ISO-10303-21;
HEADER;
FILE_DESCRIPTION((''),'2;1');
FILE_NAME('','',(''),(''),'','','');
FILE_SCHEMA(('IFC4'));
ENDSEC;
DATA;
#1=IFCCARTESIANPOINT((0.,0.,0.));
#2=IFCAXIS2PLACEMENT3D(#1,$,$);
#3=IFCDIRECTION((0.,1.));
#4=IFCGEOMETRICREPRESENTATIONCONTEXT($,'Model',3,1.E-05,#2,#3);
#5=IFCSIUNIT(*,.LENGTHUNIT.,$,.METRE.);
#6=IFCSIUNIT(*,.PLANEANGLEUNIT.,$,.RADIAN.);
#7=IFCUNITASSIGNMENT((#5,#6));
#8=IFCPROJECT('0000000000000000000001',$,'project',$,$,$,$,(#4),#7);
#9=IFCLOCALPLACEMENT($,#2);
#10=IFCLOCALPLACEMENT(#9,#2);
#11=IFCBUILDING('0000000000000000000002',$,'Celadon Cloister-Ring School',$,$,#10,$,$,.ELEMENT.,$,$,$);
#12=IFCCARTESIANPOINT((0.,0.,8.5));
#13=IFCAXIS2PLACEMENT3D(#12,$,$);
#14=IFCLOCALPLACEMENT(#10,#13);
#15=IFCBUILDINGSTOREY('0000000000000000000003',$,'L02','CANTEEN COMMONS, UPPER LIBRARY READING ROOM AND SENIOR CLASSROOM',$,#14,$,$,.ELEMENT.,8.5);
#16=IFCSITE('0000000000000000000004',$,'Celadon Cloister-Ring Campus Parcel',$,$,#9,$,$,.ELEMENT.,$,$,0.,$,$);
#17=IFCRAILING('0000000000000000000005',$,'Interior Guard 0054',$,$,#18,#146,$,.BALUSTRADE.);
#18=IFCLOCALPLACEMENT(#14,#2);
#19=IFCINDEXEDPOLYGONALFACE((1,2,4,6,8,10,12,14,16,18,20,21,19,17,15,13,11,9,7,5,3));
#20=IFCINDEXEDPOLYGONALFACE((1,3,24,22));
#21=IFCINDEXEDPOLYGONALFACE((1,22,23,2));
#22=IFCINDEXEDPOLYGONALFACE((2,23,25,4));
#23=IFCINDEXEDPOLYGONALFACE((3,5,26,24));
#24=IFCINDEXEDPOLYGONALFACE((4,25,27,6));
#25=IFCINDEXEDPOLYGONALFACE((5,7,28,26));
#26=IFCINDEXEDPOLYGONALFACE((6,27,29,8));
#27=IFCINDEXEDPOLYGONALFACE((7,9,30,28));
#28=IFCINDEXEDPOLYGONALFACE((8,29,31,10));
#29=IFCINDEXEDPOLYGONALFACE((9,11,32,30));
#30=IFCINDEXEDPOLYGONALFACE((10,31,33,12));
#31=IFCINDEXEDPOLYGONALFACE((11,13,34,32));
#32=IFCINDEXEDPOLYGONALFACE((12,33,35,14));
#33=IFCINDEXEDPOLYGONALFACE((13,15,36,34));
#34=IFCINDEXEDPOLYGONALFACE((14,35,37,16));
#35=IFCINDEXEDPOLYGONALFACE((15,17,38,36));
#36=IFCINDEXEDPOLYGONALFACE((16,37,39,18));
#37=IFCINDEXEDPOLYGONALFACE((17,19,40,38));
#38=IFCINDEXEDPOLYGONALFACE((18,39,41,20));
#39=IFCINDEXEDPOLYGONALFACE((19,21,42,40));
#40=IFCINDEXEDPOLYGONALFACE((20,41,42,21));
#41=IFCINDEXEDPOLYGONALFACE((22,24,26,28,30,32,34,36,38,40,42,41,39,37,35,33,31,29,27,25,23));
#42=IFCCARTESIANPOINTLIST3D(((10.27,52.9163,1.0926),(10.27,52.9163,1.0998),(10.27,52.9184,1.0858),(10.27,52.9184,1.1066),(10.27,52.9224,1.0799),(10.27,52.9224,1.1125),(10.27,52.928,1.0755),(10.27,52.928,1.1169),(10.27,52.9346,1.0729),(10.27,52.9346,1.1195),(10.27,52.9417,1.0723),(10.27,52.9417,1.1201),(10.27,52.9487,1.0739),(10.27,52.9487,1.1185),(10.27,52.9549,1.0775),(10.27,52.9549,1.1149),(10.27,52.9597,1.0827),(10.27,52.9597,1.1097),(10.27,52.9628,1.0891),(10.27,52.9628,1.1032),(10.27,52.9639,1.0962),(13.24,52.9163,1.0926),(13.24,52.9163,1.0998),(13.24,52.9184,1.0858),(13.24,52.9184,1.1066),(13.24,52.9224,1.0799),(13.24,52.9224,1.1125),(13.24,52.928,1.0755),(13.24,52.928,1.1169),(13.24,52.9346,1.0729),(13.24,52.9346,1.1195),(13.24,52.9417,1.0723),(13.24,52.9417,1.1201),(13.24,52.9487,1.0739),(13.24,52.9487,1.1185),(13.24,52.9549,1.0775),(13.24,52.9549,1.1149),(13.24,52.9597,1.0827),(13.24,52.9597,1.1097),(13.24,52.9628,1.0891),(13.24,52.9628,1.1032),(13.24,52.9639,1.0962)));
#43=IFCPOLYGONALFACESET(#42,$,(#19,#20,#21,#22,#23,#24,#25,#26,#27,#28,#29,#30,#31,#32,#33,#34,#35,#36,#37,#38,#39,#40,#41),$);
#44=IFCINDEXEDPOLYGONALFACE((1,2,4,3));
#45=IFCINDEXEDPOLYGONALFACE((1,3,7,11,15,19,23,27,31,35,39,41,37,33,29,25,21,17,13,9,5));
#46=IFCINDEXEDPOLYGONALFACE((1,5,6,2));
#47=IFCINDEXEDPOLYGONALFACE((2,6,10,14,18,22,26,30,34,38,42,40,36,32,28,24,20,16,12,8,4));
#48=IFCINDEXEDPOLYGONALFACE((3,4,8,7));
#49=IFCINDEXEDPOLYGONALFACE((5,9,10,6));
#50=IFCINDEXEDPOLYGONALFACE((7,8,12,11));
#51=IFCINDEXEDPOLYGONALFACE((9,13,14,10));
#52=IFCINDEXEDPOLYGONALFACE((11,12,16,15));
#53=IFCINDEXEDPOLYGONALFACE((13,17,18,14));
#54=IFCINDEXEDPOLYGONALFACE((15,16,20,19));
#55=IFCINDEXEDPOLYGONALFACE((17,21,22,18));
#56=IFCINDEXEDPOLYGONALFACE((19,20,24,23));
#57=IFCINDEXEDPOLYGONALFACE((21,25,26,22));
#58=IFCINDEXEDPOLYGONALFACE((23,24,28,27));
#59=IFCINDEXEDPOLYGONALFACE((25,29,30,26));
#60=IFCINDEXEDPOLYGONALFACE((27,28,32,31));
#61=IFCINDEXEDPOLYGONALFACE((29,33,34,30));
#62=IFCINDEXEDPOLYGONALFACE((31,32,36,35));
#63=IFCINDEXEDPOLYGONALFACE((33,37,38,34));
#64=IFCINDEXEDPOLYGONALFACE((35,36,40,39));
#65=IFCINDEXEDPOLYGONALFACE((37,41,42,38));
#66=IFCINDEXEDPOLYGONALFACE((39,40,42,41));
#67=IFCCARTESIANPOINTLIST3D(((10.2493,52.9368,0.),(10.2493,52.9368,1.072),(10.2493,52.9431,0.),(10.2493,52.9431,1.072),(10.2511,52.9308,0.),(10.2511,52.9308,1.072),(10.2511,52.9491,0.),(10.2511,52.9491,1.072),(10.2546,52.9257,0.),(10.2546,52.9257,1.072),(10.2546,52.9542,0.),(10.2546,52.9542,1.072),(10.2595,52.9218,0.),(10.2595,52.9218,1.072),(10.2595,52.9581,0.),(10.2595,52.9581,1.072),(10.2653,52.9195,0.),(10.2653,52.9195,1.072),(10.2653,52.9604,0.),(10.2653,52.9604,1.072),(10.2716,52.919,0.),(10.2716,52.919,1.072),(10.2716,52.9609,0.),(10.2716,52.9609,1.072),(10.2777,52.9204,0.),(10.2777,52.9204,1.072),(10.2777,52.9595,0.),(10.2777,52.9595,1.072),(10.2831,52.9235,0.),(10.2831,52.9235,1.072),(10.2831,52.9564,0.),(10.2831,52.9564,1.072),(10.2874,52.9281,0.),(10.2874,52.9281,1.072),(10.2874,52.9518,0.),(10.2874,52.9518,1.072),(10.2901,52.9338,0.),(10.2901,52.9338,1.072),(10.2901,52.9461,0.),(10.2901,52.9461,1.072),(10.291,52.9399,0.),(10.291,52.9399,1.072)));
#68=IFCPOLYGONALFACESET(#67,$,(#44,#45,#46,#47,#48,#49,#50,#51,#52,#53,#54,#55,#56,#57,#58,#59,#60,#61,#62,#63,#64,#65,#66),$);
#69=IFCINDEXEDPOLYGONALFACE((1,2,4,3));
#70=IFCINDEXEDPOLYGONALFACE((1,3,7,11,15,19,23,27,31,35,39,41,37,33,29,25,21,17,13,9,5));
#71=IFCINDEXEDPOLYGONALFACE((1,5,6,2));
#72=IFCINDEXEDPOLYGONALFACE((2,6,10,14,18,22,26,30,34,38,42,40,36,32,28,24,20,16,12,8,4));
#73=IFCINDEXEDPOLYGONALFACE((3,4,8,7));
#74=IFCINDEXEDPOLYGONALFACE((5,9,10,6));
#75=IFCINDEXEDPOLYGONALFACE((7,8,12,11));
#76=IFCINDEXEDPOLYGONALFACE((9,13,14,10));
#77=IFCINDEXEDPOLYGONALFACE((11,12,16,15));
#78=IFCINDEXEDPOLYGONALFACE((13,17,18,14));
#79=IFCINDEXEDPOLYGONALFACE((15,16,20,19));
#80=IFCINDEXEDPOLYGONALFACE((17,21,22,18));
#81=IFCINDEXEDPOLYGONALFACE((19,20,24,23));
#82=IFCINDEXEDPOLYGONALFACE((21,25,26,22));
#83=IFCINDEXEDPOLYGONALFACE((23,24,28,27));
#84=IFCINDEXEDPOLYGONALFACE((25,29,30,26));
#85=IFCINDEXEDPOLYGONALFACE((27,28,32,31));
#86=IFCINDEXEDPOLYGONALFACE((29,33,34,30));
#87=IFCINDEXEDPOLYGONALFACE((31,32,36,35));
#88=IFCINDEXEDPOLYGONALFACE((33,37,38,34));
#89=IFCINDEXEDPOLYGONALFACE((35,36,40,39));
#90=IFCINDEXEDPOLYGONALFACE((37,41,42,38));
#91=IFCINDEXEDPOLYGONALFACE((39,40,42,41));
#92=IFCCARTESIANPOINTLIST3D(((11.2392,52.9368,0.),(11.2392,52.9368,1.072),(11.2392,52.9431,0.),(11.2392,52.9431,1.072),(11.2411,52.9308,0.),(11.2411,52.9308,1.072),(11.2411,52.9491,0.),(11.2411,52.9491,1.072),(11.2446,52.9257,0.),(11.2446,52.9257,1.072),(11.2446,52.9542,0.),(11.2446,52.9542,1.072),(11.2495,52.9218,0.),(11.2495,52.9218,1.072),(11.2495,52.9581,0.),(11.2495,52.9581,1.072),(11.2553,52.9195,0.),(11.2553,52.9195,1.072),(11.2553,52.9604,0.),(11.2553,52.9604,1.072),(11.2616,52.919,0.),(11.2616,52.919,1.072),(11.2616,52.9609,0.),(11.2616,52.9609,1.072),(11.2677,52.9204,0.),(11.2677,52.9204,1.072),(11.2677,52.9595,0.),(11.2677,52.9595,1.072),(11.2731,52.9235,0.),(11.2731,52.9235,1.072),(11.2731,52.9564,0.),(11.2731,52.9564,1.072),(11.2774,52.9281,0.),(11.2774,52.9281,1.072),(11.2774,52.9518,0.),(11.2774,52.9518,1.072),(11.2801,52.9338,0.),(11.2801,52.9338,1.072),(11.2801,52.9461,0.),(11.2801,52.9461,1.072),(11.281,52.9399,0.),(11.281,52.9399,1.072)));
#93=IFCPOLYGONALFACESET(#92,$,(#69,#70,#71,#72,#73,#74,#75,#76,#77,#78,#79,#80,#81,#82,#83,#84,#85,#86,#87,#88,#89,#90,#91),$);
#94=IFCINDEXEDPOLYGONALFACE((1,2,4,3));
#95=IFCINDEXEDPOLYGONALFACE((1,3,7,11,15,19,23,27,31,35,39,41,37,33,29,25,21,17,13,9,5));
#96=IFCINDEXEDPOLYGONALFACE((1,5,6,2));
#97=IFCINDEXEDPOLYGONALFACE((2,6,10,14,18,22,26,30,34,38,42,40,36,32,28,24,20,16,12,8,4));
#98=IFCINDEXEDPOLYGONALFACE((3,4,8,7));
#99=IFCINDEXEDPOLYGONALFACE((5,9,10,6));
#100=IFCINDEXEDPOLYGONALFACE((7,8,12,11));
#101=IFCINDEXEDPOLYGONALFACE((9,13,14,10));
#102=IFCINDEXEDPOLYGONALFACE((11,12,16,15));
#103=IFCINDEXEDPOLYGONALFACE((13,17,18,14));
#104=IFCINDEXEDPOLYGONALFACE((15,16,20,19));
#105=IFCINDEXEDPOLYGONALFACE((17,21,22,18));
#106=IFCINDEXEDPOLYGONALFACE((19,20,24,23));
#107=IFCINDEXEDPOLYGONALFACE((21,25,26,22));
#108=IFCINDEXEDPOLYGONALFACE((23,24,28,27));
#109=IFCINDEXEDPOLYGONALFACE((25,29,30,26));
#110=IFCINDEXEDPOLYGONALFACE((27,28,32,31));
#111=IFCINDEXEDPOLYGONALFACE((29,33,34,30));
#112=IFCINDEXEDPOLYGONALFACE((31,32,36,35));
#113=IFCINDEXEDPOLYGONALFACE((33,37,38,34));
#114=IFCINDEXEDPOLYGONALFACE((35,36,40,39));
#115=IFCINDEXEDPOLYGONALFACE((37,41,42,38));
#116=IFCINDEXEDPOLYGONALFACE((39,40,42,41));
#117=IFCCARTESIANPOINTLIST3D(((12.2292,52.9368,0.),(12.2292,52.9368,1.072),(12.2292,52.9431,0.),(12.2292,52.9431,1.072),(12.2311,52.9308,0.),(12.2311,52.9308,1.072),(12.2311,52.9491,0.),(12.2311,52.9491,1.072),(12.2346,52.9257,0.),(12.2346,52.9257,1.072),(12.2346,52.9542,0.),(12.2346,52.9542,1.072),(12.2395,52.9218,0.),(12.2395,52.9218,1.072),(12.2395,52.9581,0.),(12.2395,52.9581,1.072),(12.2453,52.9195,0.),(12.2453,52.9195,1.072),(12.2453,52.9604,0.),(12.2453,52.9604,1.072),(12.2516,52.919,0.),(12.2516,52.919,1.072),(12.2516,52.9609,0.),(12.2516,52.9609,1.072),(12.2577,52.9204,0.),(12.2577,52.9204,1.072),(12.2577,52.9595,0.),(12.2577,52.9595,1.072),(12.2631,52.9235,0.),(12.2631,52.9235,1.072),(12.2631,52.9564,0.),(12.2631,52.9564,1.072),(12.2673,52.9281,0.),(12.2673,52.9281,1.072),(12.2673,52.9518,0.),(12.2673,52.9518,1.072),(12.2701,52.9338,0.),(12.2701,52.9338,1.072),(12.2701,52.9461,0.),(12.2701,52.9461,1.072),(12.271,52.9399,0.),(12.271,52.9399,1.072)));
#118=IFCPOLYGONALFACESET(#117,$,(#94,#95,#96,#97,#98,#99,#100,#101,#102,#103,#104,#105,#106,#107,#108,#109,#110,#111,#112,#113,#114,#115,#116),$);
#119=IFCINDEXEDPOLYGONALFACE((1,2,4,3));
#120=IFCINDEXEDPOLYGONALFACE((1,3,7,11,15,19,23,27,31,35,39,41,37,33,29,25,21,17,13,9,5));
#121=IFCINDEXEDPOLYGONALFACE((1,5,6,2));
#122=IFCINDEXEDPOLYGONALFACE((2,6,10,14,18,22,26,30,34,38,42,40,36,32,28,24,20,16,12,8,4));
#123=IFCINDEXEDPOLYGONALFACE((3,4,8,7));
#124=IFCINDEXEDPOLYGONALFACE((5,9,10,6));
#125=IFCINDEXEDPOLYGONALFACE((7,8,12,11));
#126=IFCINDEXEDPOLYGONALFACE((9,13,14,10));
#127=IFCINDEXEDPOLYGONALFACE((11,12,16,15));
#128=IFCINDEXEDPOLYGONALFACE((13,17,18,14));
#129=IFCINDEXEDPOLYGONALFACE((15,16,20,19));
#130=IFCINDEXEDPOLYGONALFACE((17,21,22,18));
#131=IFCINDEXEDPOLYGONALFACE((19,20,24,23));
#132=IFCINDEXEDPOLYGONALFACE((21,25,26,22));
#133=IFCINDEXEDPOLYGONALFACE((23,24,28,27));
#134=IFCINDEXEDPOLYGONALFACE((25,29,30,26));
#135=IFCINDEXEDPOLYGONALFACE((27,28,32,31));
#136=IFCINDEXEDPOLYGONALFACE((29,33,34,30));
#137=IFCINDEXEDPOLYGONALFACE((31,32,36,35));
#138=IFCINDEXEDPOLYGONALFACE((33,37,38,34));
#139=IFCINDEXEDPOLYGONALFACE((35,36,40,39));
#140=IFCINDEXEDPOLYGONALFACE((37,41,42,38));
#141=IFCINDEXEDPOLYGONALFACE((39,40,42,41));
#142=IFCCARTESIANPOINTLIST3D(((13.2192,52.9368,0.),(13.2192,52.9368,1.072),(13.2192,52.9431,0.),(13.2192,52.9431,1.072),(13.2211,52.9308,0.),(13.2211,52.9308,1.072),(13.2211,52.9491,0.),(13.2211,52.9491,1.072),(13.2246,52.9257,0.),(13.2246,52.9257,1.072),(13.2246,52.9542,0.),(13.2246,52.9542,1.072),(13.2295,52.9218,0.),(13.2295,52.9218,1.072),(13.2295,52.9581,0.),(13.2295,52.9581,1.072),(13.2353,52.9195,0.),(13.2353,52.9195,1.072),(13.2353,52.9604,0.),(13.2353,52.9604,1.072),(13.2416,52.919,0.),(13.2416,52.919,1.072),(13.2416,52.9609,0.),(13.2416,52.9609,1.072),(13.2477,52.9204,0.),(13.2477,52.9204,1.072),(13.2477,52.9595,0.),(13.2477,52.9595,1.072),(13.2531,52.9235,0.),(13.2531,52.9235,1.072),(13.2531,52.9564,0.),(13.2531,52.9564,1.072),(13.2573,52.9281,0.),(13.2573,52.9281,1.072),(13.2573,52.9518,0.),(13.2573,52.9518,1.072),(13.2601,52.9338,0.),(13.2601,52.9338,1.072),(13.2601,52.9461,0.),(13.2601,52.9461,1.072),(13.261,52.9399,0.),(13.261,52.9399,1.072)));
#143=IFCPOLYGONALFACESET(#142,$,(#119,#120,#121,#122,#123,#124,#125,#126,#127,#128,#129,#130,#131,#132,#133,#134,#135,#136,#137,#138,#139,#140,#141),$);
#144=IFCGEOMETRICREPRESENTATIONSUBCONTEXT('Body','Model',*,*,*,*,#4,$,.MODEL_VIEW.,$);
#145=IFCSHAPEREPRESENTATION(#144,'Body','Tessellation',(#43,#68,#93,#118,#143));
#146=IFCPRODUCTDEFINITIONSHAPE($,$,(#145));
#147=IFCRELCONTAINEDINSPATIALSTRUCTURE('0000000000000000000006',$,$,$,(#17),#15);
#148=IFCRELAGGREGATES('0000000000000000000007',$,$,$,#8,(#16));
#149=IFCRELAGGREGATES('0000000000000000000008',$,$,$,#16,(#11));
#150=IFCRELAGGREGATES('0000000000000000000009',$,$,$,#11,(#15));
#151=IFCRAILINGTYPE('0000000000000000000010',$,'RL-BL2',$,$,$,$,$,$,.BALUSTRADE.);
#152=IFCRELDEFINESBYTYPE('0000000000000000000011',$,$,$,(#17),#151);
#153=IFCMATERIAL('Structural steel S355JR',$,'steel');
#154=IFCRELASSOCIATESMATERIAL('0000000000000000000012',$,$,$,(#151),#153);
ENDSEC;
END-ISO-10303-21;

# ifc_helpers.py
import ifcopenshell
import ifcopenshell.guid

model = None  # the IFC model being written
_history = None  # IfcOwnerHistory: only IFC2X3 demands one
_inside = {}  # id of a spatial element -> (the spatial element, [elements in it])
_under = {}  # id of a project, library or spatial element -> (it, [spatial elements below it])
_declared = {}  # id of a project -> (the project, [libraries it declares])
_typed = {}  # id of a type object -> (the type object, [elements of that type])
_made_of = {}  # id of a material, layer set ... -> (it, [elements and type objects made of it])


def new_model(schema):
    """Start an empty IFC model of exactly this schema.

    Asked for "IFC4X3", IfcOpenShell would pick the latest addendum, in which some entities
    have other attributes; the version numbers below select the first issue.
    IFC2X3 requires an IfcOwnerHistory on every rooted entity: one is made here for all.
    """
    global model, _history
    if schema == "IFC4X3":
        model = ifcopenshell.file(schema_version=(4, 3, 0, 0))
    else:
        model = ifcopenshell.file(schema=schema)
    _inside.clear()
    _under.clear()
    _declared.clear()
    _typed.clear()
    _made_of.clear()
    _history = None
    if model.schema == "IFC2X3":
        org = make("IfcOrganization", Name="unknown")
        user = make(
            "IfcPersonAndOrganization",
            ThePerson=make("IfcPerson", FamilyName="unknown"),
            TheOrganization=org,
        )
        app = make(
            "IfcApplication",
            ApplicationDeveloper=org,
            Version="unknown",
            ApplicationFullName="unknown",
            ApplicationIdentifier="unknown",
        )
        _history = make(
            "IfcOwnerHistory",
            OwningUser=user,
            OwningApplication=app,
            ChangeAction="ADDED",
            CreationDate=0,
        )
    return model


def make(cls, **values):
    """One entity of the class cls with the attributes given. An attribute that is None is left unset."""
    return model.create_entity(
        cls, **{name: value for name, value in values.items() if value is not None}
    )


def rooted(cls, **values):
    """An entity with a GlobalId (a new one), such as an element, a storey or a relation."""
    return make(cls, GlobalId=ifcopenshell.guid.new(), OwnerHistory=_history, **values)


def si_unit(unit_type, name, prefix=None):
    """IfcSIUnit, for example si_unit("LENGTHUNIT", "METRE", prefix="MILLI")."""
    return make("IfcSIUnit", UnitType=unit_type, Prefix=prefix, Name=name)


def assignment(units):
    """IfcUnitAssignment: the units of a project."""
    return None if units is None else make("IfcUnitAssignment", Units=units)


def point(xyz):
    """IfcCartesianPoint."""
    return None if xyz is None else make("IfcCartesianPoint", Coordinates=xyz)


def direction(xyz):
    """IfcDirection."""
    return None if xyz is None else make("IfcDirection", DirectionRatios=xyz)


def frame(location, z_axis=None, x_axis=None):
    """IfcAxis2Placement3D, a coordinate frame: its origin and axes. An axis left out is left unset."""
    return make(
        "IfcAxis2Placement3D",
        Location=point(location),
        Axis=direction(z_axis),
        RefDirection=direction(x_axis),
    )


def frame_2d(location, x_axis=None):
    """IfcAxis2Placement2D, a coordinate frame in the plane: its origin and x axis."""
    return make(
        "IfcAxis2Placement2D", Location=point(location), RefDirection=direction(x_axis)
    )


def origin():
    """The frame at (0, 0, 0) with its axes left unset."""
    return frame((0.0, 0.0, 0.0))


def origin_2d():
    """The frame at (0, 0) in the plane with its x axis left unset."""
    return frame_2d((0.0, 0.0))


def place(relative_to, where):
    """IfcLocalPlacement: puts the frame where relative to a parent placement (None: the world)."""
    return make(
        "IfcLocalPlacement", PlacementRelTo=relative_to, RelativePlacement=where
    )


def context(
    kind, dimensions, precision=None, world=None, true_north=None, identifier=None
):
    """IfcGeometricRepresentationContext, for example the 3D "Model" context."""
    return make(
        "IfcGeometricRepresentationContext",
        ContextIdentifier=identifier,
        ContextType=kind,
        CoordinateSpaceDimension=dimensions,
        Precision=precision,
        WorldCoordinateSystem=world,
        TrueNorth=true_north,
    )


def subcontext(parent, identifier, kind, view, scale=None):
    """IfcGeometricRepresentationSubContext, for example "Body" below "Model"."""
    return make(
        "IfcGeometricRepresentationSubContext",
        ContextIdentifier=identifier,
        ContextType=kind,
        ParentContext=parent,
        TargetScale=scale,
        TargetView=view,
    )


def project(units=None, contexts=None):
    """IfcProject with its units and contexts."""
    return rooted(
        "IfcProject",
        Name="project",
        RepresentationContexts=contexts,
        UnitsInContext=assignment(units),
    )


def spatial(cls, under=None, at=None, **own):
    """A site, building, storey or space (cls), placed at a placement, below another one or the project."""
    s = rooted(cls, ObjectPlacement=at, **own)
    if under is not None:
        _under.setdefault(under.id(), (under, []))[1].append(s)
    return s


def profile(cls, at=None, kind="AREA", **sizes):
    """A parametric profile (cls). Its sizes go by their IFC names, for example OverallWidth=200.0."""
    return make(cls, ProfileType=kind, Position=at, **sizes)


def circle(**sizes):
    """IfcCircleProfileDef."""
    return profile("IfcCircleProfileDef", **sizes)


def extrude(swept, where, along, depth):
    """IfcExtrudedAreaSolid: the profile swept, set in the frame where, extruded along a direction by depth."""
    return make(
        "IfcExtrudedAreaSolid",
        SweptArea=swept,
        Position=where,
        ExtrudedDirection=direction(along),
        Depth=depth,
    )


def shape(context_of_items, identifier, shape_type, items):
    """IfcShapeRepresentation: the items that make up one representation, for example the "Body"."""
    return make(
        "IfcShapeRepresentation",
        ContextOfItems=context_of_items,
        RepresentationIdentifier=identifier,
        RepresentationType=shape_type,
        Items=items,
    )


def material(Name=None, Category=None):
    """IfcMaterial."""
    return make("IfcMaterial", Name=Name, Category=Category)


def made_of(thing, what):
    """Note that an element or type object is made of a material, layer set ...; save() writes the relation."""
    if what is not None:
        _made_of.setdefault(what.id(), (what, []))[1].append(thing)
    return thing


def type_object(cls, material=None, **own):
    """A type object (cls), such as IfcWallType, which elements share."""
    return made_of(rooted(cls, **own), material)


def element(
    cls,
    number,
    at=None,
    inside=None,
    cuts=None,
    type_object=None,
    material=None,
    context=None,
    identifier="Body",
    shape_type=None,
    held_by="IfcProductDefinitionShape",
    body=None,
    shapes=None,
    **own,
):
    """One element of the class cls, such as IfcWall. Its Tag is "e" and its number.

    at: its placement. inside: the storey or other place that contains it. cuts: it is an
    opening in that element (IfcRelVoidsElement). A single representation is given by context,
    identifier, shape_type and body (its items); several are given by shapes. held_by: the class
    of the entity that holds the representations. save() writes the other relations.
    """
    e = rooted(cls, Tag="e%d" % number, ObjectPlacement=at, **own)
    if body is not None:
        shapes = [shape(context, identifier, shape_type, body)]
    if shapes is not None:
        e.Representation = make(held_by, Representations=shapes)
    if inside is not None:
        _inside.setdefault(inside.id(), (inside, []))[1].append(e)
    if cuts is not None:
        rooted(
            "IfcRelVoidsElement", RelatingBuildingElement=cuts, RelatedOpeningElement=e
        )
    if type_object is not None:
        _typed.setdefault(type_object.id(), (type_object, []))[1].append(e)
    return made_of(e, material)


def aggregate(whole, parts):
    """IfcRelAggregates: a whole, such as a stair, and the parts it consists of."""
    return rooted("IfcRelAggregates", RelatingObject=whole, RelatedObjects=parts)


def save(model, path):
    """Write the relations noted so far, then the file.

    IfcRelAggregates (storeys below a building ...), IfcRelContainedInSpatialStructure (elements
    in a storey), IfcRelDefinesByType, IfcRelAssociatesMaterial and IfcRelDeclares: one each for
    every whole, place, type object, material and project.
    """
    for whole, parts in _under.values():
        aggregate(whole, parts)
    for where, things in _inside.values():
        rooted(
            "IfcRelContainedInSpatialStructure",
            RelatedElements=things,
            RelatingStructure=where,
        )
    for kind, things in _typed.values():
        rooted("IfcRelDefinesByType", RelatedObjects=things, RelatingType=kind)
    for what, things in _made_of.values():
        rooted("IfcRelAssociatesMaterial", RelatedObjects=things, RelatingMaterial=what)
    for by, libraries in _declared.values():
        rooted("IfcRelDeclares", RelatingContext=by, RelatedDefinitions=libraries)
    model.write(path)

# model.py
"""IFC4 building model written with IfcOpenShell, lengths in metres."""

from ifc_helpers import new_model, si_unit, direction, frame, origin, origin_2d, place, context, subcontext, project, spatial, circle, extrude, material, type_object, element, save


model = new_model("IFC4")

# Units and contexts
model_context = context("Model", 3, precision=1e-05, world=origin(), true_north=direction((0.0, 1.0)))
body_context = subcontext(model_context, "Body", "Model", "MODEL_VIEW")
ifc_project = project(units=[si_unit("LENGTHUNIT", "METRE"), si_unit("PLANEANGLEUNIT", "RADIAN")], contexts=[model_context])

# Site, building, storey
site_placement = place(None, origin())
site = spatial("IfcSite", under=ifc_project, at=site_placement, Name="Celadon Cloister-Ring Campus Parcel", CompositionType="ELEMENT", RefElevation=0.0)
building_placement = place(site_placement, origin())
building = spatial("IfcBuilding", under=site, at=building_placement, Name="Celadon Cloister-Ring School", CompositionType="ELEMENT")
storey_placement = place(building_placement, frame((0.0, 0.0, 8.5)))
storey = spatial("IfcBuildingStorey", under=building, at=storey_placement, Name="L02", Description="CANTEEN COMMONS, UPPER LIBRARY READING ROOM AND SENIOR CLASSROOM", CompositionType="ELEMENT", Elevation=8.5)

# Railing
ifc_material_1 = material(Name="Structural steel S355JR", Category="steel")
railing_type_1 = type_object("IfcRailingType", Name="RL-BL2", PredefinedType="BALUSTRADE", material=ifc_material_1)
railing_1_placement = place(storey_placement, frame((10.27, 52.9399, 0.0)))
element("IfcRailing", 1, at=railing_1_placement, inside=storey, type_object=railing_type_1, Name="Interior Guard 0054", PredefinedType="BALUSTRADE", context=body_context, shape_type="SweptSolid", body=[
    extrude(circle(Radius=0.0239, at=origin_2d()), frame((0.0, 0.0, 1.0962), z_axis=(1.0, 0.0, 0.0), x_axis=(0.0, 1.0, 0.0)), (0.0, 0.0, 1.0), 2.97),
    extrude(circle(Radius=0.021, at=origin_2d()), origin(), (0.0, 0.0, 1.0), 1.072),
    extrude(circle(Radius=0.021, at=origin_2d()), frame((0.99, 0.0, 0.0)), (0.0, 0.0, 1.0), 1.072),
    extrude(circle(Radius=0.021, at=origin_2d()), frame((1.98, 0.0, 0.0)), (0.0, 0.0, 1.0), 1.072),
    extrude(circle(Radius=0.021, at=origin_2d()), frame((2.97, 0.0, 0.0)), (0.0, 0.0, 1.0), 1.072),
])

save(model, "model.ifc")
